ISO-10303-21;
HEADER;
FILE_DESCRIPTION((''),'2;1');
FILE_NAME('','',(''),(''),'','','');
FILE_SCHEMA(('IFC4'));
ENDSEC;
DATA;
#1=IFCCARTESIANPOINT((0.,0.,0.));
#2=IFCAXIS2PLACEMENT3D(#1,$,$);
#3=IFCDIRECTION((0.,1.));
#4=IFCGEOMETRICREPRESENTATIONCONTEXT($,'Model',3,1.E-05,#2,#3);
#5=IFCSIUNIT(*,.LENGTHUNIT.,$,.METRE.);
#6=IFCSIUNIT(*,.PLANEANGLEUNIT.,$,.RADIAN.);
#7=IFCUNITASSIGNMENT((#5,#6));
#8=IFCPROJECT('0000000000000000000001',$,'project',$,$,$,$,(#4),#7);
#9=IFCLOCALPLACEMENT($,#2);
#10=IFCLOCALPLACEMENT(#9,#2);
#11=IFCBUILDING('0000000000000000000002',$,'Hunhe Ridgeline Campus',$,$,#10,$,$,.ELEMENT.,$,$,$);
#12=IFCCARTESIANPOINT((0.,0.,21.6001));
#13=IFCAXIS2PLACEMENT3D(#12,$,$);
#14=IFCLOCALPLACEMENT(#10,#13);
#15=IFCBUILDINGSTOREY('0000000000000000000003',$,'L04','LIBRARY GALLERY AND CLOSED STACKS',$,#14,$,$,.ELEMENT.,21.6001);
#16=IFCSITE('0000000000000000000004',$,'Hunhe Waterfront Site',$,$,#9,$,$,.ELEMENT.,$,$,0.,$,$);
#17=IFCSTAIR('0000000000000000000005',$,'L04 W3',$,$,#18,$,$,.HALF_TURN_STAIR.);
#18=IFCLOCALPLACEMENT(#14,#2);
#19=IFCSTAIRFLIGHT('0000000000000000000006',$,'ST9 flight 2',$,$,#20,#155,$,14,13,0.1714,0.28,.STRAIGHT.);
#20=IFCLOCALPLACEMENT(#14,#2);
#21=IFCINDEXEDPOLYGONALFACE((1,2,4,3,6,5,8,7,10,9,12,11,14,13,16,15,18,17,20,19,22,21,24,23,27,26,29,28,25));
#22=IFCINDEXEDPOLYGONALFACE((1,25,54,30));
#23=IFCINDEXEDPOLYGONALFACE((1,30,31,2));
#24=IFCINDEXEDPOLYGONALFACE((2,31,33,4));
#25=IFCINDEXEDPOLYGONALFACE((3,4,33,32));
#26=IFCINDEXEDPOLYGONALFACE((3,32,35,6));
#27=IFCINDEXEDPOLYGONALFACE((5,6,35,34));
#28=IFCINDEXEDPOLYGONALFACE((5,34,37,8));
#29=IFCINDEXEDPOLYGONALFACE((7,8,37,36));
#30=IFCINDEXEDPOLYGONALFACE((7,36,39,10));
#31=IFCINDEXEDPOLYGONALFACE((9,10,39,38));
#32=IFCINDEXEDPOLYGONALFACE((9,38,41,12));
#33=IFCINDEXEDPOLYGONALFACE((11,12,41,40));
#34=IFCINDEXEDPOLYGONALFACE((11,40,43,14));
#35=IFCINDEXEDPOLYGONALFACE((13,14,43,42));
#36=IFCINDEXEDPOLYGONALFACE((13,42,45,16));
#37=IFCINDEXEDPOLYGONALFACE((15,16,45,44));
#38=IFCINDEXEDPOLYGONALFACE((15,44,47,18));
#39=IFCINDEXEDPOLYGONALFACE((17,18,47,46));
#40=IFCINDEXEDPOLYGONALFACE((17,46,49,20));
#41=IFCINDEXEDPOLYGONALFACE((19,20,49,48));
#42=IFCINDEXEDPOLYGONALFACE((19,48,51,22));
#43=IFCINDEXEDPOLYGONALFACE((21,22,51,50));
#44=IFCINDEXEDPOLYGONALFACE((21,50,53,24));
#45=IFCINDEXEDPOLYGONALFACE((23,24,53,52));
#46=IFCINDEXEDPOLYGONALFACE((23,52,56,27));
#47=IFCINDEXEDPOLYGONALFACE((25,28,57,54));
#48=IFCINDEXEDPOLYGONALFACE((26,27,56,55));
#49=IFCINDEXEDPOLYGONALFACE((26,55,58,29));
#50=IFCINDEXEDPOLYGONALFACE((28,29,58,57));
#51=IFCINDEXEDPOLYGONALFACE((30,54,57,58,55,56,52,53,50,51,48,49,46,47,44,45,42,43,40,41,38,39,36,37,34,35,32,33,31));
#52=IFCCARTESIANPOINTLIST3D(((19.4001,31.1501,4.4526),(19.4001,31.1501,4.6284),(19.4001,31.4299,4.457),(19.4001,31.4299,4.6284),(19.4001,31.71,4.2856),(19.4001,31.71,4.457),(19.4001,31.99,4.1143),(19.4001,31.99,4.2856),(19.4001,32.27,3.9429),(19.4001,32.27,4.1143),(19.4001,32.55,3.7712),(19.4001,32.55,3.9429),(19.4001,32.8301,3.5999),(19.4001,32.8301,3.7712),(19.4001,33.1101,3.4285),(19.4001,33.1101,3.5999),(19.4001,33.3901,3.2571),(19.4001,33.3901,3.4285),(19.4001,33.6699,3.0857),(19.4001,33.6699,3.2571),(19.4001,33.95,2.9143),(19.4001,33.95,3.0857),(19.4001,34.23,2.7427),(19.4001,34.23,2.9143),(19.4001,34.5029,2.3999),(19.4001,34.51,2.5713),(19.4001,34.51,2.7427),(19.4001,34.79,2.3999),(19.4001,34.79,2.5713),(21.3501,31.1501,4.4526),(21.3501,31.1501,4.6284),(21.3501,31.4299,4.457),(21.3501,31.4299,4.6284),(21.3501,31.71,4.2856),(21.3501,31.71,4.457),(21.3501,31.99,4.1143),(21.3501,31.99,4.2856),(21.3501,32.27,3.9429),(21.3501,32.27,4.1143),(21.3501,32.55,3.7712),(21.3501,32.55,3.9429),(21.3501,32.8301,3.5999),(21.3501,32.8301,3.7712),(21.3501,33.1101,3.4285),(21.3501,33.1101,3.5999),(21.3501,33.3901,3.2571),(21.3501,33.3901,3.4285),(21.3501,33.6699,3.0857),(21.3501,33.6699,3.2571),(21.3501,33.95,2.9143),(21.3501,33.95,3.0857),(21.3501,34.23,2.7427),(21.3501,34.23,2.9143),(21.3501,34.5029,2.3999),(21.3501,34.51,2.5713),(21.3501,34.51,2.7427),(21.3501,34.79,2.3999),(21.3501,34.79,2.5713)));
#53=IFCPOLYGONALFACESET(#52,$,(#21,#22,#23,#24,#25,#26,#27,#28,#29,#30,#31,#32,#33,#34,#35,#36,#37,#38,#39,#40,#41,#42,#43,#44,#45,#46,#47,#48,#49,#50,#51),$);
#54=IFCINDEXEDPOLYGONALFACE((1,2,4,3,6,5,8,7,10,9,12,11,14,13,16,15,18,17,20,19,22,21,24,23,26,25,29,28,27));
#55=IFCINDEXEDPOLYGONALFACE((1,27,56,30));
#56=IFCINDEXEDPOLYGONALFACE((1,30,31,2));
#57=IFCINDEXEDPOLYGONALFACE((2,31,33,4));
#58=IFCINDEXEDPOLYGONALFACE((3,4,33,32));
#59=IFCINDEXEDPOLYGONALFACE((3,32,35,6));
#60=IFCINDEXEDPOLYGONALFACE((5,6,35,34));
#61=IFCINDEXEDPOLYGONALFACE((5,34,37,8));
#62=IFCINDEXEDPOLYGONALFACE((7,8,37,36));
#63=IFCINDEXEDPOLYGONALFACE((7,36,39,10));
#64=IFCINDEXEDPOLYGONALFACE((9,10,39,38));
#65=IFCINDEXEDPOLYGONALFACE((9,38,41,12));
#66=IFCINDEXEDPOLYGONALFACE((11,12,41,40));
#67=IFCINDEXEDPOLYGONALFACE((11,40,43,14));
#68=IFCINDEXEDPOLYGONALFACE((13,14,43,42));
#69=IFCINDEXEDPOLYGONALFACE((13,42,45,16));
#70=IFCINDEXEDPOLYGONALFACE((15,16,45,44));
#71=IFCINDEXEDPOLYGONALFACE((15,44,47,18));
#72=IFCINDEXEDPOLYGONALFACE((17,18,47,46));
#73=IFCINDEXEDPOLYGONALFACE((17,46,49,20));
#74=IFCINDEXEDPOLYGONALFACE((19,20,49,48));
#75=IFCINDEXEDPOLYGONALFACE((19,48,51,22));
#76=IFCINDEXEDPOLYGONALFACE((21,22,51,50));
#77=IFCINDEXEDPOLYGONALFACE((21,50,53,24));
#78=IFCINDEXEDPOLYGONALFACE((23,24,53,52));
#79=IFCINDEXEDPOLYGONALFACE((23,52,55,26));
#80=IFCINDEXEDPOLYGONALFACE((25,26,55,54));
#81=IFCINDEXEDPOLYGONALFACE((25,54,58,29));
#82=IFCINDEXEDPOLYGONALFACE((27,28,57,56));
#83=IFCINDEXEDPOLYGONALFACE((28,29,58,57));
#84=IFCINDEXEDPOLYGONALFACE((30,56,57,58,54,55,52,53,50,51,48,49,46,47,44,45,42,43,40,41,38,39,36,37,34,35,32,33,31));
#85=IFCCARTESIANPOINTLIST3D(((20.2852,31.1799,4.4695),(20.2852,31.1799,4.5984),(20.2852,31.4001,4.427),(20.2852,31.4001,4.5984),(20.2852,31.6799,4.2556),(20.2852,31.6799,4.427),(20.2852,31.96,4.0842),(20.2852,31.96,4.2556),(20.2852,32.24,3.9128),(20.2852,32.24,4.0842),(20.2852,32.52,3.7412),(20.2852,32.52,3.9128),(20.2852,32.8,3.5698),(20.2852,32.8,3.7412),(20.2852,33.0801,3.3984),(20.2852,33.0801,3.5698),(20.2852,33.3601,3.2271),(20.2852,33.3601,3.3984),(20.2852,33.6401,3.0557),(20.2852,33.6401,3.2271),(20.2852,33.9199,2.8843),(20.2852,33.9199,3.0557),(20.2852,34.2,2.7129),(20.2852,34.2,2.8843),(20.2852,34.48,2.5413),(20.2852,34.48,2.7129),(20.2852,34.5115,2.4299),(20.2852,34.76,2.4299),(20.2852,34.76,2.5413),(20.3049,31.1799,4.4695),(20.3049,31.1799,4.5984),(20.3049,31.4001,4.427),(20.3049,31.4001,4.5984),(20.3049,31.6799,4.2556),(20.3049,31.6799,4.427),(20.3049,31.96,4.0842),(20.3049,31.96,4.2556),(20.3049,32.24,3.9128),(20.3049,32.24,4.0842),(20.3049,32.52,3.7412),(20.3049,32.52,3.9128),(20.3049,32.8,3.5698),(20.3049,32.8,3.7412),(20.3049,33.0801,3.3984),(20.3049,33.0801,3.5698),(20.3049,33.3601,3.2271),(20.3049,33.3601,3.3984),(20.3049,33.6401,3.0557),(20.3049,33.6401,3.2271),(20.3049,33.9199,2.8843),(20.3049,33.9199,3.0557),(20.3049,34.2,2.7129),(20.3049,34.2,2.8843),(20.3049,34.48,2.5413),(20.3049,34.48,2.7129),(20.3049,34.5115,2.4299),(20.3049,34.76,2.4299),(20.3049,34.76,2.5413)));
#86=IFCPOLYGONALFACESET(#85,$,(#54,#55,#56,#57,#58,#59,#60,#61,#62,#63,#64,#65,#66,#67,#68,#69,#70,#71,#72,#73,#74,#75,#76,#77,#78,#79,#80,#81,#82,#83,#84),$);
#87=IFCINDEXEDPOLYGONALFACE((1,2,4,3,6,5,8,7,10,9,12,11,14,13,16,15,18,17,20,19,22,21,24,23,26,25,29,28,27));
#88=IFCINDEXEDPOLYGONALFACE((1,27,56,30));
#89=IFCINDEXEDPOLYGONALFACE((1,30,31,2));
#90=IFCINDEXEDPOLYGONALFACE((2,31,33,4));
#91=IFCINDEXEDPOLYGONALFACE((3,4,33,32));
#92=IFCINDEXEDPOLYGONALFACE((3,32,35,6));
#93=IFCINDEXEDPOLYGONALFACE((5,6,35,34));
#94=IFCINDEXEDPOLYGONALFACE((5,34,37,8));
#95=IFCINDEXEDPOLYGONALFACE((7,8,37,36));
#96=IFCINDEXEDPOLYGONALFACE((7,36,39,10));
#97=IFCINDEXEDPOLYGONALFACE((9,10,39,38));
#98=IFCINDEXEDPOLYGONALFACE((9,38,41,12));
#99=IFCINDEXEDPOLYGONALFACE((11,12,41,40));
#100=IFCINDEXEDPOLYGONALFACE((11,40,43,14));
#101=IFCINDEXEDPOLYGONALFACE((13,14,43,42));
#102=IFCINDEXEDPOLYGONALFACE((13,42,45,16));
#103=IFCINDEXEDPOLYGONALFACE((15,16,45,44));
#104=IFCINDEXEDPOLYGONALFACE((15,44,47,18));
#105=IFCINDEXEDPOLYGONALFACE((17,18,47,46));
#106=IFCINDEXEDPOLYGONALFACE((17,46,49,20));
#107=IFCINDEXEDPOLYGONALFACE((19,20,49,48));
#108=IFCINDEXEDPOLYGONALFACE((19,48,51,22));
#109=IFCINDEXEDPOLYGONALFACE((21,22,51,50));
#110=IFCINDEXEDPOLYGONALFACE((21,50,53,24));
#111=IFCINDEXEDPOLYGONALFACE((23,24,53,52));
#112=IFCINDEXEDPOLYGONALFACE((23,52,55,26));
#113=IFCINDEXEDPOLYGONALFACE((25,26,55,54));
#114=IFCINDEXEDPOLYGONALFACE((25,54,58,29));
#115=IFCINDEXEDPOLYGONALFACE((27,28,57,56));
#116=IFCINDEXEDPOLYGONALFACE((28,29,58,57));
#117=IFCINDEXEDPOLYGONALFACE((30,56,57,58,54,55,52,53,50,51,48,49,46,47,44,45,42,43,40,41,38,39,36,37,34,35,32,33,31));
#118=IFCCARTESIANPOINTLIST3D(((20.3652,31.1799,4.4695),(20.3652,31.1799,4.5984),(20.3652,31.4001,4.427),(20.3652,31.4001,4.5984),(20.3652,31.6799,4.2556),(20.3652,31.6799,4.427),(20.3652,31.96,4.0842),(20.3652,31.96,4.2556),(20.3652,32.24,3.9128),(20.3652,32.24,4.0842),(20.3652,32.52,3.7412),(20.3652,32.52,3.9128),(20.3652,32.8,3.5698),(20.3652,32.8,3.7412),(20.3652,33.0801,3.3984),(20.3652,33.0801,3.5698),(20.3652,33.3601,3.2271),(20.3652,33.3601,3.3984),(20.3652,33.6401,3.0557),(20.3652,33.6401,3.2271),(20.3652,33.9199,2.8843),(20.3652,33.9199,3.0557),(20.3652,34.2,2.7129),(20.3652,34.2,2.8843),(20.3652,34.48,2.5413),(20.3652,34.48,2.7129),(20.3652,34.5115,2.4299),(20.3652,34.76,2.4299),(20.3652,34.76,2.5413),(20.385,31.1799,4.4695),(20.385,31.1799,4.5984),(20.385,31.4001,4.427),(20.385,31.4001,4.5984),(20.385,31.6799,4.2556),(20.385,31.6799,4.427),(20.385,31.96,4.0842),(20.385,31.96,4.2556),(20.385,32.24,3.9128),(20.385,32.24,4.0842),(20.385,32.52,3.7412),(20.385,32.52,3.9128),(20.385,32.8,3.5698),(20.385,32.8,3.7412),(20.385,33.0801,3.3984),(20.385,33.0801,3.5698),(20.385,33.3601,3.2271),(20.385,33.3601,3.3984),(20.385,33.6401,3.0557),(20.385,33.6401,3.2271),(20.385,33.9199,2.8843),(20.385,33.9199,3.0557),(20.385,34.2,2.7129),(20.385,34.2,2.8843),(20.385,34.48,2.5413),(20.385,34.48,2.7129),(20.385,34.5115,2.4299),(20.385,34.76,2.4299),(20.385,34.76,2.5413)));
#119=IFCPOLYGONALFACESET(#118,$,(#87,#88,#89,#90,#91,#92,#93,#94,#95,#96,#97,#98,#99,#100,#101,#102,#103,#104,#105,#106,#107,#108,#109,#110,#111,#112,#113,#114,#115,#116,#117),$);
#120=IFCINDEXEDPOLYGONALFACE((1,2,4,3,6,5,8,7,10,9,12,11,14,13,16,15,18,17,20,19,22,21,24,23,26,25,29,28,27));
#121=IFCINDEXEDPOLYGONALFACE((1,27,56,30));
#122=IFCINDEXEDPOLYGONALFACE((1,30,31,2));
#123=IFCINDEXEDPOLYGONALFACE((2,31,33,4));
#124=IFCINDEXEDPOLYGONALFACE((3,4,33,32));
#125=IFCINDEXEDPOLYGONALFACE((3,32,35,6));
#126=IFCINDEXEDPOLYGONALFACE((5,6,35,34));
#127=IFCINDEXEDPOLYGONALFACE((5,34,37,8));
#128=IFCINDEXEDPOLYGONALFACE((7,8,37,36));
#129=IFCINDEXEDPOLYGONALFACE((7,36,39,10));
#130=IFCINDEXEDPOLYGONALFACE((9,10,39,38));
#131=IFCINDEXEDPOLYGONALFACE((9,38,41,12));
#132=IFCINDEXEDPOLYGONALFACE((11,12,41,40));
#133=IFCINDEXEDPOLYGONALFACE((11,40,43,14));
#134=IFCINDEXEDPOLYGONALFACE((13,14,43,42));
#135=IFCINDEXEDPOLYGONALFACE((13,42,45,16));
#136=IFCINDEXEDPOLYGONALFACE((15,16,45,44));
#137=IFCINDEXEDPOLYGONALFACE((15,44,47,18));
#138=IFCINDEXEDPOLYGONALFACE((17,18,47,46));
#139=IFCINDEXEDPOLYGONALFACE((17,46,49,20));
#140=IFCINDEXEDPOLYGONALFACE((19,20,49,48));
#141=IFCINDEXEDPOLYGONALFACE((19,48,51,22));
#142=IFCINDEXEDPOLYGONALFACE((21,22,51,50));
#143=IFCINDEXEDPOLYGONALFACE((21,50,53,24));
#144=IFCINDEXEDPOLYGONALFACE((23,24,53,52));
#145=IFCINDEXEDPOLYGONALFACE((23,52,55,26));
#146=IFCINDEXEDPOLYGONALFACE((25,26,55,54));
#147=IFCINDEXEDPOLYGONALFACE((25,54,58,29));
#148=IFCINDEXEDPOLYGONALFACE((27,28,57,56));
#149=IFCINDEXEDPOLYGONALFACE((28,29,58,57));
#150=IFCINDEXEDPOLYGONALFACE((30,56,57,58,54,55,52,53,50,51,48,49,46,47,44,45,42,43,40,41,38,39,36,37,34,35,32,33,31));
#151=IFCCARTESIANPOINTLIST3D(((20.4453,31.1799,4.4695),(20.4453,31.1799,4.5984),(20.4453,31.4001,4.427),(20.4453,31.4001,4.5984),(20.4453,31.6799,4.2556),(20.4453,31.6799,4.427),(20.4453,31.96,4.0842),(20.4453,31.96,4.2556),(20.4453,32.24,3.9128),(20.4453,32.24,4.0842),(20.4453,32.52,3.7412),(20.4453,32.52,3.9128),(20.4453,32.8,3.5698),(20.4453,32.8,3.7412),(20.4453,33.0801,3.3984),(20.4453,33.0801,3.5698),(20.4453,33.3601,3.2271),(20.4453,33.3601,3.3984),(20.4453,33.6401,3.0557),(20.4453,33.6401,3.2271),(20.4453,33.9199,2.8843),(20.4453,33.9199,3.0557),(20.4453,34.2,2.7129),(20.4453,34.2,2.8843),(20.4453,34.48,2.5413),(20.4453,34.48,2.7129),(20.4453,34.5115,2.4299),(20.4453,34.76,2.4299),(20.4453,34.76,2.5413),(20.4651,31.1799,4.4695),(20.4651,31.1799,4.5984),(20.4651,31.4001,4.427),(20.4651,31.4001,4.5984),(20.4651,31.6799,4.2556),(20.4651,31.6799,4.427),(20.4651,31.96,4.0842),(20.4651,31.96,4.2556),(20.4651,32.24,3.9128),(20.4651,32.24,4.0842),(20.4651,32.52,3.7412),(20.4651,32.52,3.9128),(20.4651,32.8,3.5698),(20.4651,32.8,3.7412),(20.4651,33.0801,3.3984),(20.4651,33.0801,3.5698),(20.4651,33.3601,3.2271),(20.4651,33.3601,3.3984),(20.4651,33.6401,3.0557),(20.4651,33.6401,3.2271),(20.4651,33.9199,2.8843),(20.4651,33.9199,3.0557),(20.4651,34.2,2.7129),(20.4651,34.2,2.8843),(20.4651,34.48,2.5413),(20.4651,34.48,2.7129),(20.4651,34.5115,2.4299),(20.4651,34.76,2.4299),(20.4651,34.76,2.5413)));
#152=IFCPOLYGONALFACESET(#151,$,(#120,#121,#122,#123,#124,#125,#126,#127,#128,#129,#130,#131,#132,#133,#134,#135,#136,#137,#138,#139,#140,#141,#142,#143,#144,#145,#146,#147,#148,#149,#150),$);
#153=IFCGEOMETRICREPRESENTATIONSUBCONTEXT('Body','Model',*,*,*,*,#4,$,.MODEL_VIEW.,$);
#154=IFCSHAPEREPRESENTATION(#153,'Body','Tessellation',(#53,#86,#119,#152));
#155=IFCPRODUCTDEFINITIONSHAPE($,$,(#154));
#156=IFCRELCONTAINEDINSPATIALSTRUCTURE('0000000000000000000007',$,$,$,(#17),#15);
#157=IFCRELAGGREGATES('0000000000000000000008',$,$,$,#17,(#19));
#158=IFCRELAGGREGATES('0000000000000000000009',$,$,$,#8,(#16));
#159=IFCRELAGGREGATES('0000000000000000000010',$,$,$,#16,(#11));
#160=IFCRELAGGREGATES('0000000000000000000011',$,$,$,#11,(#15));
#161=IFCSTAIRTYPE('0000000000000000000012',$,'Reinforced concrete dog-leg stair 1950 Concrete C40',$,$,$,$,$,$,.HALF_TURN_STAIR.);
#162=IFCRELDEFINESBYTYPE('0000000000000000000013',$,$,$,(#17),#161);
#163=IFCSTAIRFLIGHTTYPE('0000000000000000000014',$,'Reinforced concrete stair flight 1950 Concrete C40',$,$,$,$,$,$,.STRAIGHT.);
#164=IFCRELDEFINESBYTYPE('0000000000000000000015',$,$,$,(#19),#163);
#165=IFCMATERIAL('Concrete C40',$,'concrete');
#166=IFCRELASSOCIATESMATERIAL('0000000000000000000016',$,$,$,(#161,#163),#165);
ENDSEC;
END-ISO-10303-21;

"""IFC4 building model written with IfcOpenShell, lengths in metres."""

from ifc_helpers import new_model, si_unit, direction, frame, origin, place, context, subcontext, project, spatial, polyline, outline, extrude, material, type_object, element, aggregate, save


model = new_model("IFC4")

# Units and contexts
model_context = context("Model", 3, precision=1e-05, world=origin(), true_north=direction((0.0, 1.0)))
body_context = subcontext(model_context, "Body", "Model", "MODEL_VIEW")
ifc_project = project(units=[si_unit("LENGTHUNIT", "METRE"), si_unit("PLANEANGLEUNIT", "RADIAN")], contexts=[model_context])

# Site, building, storey
site_placement = place(None, origin())
site = spatial("IfcSite", under=ifc_project, at=site_placement, Name="Hunhe Waterfront Site", CompositionType="ELEMENT", RefElevation=0.0)
building_placement = place(site_placement, origin())
building = spatial("IfcBuilding", under=site, at=building_placement, Name="Hunhe Ridgeline Campus", CompositionType="ELEMENT")
storey_placement = place(building_placement, frame((0.0, 0.0, 21.6001)))
storey = spatial("IfcBuildingStorey", under=building, at=storey_placement, Name="L04", Description="LIBRARY GALLERY AND CLOSED STACKS", CompositionType="ELEMENT", Elevation=21.6001)

# Stair, stair flight
ifc_material_1 = material(Name="Concrete C40", Category="concrete")
stair_type = type_object("IfcStairType", Name="Reinforced concrete dog-leg stair 1950 Concrete C40", PredefinedType="HALF_TURN_STAIR", material=ifc_material_1)
stair_placement = place(storey_placement, origin())
stair = element("IfcStair", 1, at=stair_placement, inside=storey, type_object=stair_type, Name="L04 W3", PredefinedType="HALF_TURN_STAIR")
stair_flight_type = type_object("IfcStairFlightType", Name="Reinforced concrete stair flight 1950 Concrete C40", PredefinedType="STRAIGHT", material=ifc_material_1)
stair_flight_1_placement = place(storey_placement, frame((20.375, 34.79, 2.3999), z_axis=(0.0, 0.0, 1.0), x_axis=(0.0, -1.0, 0.0)))
stair_flight_1 = element("IfcStairFlight", 2, at=stair_flight_1_placement, type_object=stair_flight_type, Name="ST9 flight 2", NumberOfRisers=14, NumberOfTreads=13, PredefinedType="STRAIGHT", RiserHeight=0.1714, TreadLength=0.28, context=body_context, shape_type="SweptSolid", body=[
    extrude(outline(polyline([(0.0, 0.0), (0.0, 0.1714), (0.28, 0.1714), (0.28, 0.3428), (0.5601, 0.3428), (0.5601, 0.5144), (0.8401, 0.5144), (0.8401, 0.6858), (1.1201, 0.6858), (1.1201, 0.8572), (1.3999, 0.8572), (1.3999, 1.0286), (1.6799, 1.0286), (1.6799, 1.2), (1.96, 1.2), (1.96, 1.3713), (2.24, 1.3713), (2.24, 1.543), (2.52, 1.543), (2.52, 1.7144), (2.8, 1.7144), (2.8, 1.8857), (3.0801, 1.8857), (3.0801, 2.0571), (3.3601, 2.0571), (3.3601, 2.2285), (3.6399, 2.2285), (3.6399, 2.3999), (3.6399, 2.0527), (0.2871, 0.0), (0.0, 0.0)])), frame((0.0, 0.9751, 0.0), z_axis=(0.0, -1.0, 0.0), x_axis=(1.0, 0.0, 0.0)), (0.0, 0.0, 1.0), 1.95),
    extrude(outline(polyline([(0.03, 0.03), (0.03, 0.1414), (0.3101, 0.1414), (0.3101, 0.313), (0.5901, 0.313), (0.5901, 0.4844), (0.8701, 0.4844), (0.8701, 0.6558), (1.1499, 0.6558), (1.1499, 0.8271), (1.4299, 0.8271), (1.4299, 0.9985), (1.71, 0.9985), (1.71, 1.1699), (1.99, 1.1699), (1.99, 1.3413), (2.27, 1.3413), (2.27, 1.5129), (2.55, 1.5129), (2.55, 1.6843), (2.8301, 1.6843), (2.8301, 1.8557), (3.1101, 1.8557), (3.1101, 2.0271), (3.3899, 2.0271), (3.3899, 2.1985), (3.6101, 2.1985), (3.6101, 2.0696), (0.2786, 0.03), (0.03, 0.03)])), frame((0.0, -0.0701, 0.0), z_axis=(0.0, -1.0, 0.0), x_axis=(1.0, 0.0, 0.0)), (0.0, 0.0, 1.0), 0.0198),
    extrude(outline(polyline([(0.03, 0.03), (0.03, 0.1414), (0.3101, 0.1414), (0.3101, 0.313), (0.5901, 0.313), (0.5901, 0.4844), (0.8701, 0.4844), (0.8701, 0.6558), (1.1499, 0.6558), (1.1499, 0.8271), (1.4299, 0.8271), (1.4299, 0.9985), (1.71, 0.9985), (1.71, 1.1699), (1.99, 1.1699), (1.99, 1.3413), (2.27, 1.3413), (2.27, 1.5129), (2.55, 1.5129), (2.55, 1.6843), (2.8301, 1.6843), (2.8301, 1.8557), (3.1101, 1.8557), (3.1101, 2.0271), (3.3899, 2.0271), (3.3899, 2.1985), (3.6101, 2.1985), (3.6101, 2.0696), (0.2786, 0.03), (0.03, 0.03)])), frame((0.0, 0.01, 0.0), z_axis=(0.0, -1.0, 0.0), x_axis=(1.0, 0.0, 0.0)), (0.0, 0.0, 1.0), 0.0198),
    extrude(outline(polyline([(0.03, 0.03), (0.03, 0.1414), (0.3101, 0.1414), (0.3101, 0.313), (0.5901, 0.313), (0.5901, 0.4844), (0.8701, 0.4844), (0.8701, 0.6558), (1.1499, 0.6558), (1.1499, 0.8271), (1.4299, 0.8271), (1.4299, 0.9985), (1.71, 0.9985), (1.71, 1.1699), (1.99, 1.1699), (1.99, 1.3413), (2.27, 1.3413), (2.27, 1.5129), (2.55, 1.5129), (2.55, 1.6843), (2.8301, 1.6843), (2.8301, 1.8557), (3.1101, 1.8557), (3.1101, 2.0271), (3.3899, 2.0271), (3.3899, 2.1985), (3.6101, 2.1985), (3.6101, 2.0696), (0.2786, 0.03), (0.03, 0.03)])), frame((0.0, 0.0901, 0.0), z_axis=(0.0, -1.0, 0.0), x_axis=(1.0, 0.0, 0.0)), (0.0, 0.0, 1.0), 0.0198),
])
aggregate(stair, [stair_flight_1])

save(model, "model.ifc")
